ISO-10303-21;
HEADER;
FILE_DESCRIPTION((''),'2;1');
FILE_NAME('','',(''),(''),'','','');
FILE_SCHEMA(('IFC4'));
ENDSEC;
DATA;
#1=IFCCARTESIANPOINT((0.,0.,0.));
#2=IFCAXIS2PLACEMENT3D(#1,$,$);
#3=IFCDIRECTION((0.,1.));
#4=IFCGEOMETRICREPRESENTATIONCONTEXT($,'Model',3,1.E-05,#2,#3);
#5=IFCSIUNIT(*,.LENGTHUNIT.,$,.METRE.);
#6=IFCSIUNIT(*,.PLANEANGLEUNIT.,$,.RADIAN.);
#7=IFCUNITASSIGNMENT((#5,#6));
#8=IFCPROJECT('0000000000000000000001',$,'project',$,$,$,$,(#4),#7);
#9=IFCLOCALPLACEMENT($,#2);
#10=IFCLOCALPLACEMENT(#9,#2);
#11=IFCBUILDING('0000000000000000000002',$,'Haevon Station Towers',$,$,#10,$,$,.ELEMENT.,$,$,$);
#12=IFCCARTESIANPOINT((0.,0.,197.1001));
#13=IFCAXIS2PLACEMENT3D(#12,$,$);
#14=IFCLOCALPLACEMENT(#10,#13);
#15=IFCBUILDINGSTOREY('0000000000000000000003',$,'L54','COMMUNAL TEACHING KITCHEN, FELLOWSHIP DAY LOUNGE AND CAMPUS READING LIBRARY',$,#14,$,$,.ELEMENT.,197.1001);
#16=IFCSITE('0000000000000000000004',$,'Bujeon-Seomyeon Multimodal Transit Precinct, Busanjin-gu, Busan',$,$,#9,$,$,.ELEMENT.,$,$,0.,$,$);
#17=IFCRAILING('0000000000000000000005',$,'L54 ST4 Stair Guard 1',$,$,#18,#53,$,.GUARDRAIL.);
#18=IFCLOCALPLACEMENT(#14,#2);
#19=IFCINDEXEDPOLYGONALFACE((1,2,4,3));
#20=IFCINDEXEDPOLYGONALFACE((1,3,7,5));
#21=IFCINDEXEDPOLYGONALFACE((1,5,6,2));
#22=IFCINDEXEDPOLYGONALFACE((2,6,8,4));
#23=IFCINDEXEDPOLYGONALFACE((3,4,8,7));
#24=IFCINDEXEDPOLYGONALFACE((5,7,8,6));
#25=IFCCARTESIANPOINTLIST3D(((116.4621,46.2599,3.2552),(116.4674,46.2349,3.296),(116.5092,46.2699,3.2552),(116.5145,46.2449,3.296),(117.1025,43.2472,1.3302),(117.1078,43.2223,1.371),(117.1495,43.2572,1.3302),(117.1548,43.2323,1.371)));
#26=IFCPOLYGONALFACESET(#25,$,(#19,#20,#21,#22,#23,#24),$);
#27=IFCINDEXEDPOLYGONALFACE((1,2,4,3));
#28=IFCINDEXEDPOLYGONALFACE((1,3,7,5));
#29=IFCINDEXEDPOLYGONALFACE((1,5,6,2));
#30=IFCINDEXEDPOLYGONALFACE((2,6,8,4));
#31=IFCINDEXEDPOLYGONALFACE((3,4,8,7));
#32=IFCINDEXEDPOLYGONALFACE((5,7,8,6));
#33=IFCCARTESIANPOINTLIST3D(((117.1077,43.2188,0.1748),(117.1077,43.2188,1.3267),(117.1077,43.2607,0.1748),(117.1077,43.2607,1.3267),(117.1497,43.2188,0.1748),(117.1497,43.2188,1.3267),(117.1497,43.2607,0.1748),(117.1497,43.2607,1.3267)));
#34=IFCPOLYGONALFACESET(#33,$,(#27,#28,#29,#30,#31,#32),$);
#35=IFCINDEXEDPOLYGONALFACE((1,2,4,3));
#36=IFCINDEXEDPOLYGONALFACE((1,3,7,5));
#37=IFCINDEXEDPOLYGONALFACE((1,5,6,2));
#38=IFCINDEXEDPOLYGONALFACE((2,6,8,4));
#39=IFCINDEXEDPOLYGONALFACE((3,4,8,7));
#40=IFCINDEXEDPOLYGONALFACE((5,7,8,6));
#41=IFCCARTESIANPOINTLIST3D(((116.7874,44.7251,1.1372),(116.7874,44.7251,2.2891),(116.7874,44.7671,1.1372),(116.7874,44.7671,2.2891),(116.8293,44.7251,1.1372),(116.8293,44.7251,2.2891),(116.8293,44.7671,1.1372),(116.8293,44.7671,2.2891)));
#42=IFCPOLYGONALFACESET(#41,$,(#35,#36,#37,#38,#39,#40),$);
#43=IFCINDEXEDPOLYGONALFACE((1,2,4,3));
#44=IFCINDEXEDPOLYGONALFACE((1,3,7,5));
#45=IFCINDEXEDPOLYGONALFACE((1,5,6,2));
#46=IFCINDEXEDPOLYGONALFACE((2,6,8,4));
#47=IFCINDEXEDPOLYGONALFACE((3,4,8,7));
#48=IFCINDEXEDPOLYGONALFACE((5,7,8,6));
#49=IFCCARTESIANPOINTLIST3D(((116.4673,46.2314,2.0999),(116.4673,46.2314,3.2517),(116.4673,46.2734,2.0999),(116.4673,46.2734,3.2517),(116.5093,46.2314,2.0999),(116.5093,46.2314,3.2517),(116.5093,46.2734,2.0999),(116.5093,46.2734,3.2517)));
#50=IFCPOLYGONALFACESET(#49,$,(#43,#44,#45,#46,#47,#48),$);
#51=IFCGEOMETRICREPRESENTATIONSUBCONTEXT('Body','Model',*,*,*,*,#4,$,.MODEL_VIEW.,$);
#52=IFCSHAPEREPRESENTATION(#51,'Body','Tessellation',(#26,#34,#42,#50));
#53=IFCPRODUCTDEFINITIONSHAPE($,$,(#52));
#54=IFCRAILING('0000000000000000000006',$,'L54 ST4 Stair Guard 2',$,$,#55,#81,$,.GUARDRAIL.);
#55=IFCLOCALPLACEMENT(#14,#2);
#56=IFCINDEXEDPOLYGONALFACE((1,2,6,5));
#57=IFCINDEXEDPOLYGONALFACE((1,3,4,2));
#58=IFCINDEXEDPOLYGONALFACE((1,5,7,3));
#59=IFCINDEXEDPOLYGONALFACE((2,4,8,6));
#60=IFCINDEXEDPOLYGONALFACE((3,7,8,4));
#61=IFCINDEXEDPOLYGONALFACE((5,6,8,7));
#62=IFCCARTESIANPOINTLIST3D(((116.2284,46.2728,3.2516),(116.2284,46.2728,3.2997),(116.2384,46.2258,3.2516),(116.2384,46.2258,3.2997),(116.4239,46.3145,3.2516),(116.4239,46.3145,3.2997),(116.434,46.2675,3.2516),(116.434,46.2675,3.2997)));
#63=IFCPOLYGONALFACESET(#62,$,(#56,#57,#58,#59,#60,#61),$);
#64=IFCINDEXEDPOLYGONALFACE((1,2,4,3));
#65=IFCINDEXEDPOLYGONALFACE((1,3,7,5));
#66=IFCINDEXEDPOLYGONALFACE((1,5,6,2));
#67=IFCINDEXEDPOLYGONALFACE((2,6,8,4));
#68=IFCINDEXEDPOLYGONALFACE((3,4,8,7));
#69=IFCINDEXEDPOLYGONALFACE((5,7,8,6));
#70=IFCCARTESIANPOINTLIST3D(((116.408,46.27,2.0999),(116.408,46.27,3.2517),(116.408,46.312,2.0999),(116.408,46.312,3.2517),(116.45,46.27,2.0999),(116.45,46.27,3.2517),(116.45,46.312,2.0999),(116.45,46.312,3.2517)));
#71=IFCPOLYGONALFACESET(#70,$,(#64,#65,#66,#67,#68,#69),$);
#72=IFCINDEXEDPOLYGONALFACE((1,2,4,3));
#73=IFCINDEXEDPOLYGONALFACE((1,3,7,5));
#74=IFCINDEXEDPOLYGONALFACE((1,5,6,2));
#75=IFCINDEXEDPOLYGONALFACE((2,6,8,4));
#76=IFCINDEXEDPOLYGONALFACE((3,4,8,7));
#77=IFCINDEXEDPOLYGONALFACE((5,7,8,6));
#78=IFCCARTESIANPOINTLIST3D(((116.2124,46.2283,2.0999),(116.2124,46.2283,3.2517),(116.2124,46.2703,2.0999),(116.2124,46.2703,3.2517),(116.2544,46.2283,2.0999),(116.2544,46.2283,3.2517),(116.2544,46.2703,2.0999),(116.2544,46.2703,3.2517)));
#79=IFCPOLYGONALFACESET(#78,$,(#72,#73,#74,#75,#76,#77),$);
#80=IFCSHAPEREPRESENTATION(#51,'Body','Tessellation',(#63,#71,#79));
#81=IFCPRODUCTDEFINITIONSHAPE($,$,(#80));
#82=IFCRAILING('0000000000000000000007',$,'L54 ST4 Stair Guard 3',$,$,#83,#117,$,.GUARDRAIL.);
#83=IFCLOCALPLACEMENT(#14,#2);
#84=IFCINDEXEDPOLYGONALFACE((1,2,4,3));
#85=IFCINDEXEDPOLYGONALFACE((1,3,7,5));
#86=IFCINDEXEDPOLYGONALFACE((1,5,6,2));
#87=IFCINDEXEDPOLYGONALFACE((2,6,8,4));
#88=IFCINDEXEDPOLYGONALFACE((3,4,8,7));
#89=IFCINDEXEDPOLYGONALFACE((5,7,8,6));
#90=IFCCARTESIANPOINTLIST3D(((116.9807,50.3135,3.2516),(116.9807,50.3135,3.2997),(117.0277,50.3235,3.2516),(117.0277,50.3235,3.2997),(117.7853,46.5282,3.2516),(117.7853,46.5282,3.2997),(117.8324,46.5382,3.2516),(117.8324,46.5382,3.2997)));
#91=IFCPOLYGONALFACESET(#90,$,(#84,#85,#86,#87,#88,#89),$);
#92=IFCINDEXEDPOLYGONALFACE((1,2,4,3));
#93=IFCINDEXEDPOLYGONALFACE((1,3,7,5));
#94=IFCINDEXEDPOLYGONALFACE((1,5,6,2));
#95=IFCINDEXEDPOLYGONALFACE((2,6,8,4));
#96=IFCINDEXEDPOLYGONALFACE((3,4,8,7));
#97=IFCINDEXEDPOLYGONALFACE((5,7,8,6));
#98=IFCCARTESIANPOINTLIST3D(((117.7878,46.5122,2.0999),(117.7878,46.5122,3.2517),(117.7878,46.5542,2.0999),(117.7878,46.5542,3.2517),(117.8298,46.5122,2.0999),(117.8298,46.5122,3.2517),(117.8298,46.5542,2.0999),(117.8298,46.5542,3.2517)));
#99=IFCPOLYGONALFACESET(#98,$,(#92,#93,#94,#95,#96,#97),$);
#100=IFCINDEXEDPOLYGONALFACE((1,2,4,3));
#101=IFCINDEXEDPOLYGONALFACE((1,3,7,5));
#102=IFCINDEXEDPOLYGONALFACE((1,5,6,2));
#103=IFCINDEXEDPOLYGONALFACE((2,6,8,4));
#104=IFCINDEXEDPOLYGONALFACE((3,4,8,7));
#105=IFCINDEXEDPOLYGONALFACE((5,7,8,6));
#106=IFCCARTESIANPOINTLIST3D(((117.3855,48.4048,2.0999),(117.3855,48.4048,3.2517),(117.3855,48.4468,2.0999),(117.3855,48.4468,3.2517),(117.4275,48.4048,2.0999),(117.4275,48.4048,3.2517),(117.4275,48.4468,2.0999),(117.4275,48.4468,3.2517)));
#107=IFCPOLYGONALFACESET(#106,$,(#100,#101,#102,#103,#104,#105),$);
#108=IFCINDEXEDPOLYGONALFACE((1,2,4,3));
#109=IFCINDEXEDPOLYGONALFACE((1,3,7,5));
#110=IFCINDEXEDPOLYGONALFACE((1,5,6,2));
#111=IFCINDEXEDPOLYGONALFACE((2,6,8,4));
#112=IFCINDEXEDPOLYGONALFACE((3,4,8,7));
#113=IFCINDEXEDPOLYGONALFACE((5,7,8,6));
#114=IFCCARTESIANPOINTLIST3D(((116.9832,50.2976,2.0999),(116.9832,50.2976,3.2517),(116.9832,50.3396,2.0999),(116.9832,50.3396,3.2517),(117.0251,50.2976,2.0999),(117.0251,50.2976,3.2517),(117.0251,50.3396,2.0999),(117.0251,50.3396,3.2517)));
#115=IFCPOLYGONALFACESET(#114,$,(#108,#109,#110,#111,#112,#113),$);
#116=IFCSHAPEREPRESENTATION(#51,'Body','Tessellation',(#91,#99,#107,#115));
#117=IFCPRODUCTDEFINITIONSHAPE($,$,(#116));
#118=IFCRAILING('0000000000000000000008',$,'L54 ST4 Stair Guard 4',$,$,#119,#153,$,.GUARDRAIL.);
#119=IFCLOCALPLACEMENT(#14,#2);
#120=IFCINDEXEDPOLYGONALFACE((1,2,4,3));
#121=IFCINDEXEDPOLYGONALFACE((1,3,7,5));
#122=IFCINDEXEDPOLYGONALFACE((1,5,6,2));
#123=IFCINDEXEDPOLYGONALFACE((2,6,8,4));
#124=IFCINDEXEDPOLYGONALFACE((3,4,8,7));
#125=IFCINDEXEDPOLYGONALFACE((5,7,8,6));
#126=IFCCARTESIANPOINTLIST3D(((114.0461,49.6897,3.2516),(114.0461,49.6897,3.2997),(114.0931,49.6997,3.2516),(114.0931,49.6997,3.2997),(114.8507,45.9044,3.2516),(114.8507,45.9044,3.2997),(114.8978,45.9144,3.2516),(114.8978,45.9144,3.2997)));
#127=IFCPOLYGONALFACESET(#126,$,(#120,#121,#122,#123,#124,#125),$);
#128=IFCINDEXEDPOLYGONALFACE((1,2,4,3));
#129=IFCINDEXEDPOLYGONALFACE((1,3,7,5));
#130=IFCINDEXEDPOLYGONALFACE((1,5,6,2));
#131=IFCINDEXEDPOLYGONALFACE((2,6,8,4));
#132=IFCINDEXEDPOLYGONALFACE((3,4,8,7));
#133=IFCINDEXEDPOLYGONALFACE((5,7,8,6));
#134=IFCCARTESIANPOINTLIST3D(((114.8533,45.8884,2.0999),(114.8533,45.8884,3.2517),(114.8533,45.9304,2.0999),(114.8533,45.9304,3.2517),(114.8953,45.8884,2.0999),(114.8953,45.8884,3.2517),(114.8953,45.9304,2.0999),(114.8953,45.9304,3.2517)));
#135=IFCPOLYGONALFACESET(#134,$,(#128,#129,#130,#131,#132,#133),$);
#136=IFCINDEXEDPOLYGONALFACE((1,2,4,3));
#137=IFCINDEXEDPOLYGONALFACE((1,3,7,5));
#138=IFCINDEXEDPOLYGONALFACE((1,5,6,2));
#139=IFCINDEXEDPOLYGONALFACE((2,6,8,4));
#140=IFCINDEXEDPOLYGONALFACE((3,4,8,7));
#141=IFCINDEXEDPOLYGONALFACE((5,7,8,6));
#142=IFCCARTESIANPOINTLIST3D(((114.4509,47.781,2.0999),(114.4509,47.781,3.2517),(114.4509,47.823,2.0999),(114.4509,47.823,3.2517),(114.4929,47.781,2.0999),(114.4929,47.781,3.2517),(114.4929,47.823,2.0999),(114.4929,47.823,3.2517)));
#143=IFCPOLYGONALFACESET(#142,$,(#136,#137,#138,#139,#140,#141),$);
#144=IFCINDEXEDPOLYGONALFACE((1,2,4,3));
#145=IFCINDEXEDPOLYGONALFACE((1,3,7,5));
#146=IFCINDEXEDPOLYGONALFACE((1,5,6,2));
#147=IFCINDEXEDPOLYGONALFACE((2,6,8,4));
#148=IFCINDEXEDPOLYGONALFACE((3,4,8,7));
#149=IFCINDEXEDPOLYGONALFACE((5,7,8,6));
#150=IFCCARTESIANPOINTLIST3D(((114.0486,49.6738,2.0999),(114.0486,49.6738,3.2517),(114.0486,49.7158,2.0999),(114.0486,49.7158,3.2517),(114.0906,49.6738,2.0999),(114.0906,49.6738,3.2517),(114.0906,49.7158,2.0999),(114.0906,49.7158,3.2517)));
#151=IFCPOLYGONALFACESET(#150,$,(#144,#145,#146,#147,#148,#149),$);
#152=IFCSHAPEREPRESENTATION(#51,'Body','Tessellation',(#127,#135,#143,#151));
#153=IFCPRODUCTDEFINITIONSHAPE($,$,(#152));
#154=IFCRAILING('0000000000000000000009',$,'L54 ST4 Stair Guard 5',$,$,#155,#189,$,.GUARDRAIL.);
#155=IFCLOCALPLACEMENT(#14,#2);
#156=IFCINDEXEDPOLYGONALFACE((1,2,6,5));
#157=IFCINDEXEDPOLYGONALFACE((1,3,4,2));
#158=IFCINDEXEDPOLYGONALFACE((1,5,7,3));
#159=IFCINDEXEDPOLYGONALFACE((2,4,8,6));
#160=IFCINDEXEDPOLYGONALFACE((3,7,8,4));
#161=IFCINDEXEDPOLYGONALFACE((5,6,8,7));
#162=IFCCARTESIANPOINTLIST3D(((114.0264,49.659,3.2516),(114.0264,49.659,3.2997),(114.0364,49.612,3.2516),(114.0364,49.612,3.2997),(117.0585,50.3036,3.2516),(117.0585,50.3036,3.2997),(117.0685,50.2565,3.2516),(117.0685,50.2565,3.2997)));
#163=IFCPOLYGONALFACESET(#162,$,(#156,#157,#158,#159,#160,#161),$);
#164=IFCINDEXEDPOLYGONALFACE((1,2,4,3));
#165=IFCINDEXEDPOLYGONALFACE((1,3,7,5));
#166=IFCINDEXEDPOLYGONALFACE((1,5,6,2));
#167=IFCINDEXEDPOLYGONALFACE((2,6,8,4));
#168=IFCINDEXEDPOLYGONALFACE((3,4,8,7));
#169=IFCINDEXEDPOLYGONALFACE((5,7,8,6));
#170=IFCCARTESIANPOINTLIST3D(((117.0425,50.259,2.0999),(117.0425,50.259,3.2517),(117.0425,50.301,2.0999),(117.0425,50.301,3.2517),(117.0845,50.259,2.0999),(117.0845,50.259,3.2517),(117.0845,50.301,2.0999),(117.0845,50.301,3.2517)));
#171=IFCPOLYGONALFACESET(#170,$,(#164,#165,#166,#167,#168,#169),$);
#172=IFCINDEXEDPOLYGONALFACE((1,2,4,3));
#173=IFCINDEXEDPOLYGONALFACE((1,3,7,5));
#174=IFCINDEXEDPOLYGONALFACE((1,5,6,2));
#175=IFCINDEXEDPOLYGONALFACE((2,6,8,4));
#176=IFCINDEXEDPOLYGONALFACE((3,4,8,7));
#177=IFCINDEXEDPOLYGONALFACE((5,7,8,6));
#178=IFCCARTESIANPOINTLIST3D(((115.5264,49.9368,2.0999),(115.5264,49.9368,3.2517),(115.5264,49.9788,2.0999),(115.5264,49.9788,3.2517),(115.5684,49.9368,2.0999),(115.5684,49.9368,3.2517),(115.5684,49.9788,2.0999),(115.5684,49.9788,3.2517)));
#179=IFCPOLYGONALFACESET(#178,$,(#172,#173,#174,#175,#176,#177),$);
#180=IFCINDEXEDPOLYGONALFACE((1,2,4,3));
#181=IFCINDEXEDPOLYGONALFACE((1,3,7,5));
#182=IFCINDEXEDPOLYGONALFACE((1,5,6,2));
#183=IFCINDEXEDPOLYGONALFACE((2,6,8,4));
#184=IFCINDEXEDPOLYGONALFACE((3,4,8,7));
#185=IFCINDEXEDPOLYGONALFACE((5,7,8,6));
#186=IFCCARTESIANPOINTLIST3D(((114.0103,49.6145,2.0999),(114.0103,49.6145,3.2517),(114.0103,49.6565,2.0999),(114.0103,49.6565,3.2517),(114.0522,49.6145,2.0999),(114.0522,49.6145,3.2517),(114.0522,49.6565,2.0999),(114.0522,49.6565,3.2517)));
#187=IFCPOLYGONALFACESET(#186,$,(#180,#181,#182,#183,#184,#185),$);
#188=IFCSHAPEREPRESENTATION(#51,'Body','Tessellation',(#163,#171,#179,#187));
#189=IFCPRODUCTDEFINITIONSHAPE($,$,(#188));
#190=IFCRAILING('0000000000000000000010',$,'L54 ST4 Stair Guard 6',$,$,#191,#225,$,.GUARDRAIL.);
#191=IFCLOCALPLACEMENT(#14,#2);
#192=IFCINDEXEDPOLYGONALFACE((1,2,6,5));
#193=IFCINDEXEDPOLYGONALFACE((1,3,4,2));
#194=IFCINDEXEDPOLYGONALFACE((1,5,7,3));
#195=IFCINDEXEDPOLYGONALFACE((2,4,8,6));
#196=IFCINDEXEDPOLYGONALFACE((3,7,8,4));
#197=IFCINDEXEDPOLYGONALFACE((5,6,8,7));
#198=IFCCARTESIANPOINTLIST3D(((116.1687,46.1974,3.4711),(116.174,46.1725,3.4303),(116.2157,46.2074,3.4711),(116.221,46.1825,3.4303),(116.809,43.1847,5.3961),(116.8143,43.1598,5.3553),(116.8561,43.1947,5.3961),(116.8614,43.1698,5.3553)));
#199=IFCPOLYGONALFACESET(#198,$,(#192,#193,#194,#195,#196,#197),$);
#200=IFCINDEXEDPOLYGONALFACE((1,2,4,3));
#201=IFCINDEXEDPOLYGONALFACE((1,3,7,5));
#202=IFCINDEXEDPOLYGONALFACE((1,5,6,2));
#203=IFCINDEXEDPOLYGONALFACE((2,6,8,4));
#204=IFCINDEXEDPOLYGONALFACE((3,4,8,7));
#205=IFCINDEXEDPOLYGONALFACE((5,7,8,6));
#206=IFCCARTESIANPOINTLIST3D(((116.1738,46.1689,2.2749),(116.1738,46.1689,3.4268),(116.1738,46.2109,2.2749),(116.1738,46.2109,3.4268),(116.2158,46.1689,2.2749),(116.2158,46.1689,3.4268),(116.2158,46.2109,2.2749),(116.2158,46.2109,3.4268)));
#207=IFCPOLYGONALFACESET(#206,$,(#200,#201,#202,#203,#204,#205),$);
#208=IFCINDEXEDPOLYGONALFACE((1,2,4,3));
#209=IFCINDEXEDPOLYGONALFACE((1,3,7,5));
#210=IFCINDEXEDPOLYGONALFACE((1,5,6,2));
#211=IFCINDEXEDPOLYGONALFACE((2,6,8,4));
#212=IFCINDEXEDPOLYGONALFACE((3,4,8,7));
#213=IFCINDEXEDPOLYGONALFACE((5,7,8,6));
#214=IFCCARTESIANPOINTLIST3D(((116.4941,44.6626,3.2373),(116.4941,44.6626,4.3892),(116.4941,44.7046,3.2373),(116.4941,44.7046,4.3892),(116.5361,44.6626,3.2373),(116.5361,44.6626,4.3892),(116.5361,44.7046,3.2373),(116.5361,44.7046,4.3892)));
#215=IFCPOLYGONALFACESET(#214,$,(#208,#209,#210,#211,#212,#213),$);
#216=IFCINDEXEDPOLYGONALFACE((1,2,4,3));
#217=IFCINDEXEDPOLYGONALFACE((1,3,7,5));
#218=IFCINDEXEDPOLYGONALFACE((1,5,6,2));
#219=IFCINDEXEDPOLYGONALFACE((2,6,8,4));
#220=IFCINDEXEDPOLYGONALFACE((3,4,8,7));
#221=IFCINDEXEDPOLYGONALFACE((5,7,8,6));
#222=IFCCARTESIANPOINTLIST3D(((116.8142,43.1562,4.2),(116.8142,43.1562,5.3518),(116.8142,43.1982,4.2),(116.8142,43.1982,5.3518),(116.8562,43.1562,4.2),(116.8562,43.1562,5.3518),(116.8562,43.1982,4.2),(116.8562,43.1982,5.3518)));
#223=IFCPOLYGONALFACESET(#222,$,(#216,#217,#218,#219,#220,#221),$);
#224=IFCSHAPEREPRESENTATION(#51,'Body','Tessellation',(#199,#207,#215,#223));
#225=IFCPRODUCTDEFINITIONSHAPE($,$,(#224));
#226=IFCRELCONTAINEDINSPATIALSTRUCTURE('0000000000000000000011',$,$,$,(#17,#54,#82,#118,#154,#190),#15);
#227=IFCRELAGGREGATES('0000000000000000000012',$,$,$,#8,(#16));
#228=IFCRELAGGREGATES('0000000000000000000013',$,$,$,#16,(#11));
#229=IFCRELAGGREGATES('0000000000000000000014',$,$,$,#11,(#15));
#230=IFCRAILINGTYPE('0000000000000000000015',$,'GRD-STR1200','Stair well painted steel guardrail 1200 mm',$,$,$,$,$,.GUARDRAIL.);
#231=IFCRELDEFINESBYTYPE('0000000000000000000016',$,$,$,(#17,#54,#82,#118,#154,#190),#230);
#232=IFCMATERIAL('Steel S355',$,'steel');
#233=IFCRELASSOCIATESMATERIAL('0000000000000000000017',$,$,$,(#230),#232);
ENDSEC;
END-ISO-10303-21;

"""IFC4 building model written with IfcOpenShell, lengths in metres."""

from ifc_helpers import new_model, si_unit, direction, frame, origin, origin_2d, place, context, subcontext, project, spatial, rectangle, extrude, material, type_object, element, save


model = new_model("IFC4")

# Units and contexts
model_context = context("Model", 3, precision=1e-05, world=origin(), true_north=direction((0.0, 1.0)))
body_context = subcontext(model_context, "Body", "Model", "MODEL_VIEW")
ifc_project = project(units=[si_unit("LENGTHUNIT", "METRE"), si_unit("PLANEANGLEUNIT", "RADIAN")], contexts=[model_context])

# Site, building, storey
site_placement = place(None, origin())
site = spatial("IfcSite", under=ifc_project, at=site_placement, Name="Bujeon-Seomyeon Multimodal Transit Precinct, Busanjin-gu, Busan", CompositionType="ELEMENT", RefElevation=0.0)
building_placement = place(site_placement, origin())
building = spatial("IfcBuilding", under=site, at=building_placement, Name="Haevon Station Towers", CompositionType="ELEMENT")
storey_placement = place(building_placement, frame((0.0, 0.0, 197.1001)))
storey = spatial("IfcBuildingStorey", under=building, at=storey_placement, Name="L54", Description="COMMUNAL TEACHING KITCHEN, FELLOWSHIP DAY LOUNGE AND CAMPUS READING LIBRARY", CompositionType="ELEMENT", Elevation=197.1001)

# Shared definitions
ifc_material_1 = material(Name="Steel S355", Category="steel")

# Railings
railing_type_1 = type_object("IfcRailingType", Name="GRD-STR1200", Description="Stair well painted steel guardrail 1200 mm", PredefinedType="GUARDRAIL", material=ifc_material_1)
railing_1_placement = place(storey_placement, frame((117.1287, 43.2397, 0.1748)))
element("IfcRailing", 1, at=railing_1_placement, inside=storey, type_object=railing_type_1, Name="L54 ST4 Stair Guard 1", PredefinedType="GUARDRAIL", context=body_context, shape_type="SweptSolid", body=[
    extrude(rectangle(XDim=0.0481, YDim=0.0481, at=origin_2d()), frame((0.0, 0.0, 1.1758), z_axis=(-0.176311, 0.829461, 0.530008), x_axis=(-0.978147, -0.207916, 0.0)), (0.0, 0.0, 1.0), 3.6321),
    extrude(rectangle(XDim=0.042, YDim=0.042, at=origin_2d()), origin(), (0.0, 0.0, 1.0), 1.1519),
    extrude(rectangle(XDim=0.042, YDim=0.042, at=origin_2d()), frame((-0.3203, 1.5063, 0.9624)), (0.0, 0.0, 1.0), 1.1519),
    extrude(rectangle(XDim=0.042, YDim=0.042, at=origin_2d()), frame((-0.6404, 3.0127, 1.925)), (0.0, 0.0, 1.0), 1.1519),
])
railing_2_placement = place(storey_placement, frame((116.429, 46.291, 2.0999)))
element("IfcRailing", 2, at=railing_2_placement, inside=storey, type_object=railing_type_1, Name="L54 ST4 Stair Guard 2", PredefinedType="GUARDRAIL", context=body_context, shape_type="SweptSolid", body=[
    extrude(rectangle(XDim=0.0481, YDim=0.0481, at=origin_2d()), frame((0.0, 0.0, 1.1758), z_axis=(-0.977963, -0.208779, 0.0), x_axis=(0.208779, -0.977963, 0.0)), (0.0, 0.0, 1.0), 0.2),
    extrude(rectangle(XDim=0.042, YDim=0.042, at=origin_2d()), origin(), (0.0, 0.0, 1.0), 1.1519),
    extrude(rectangle(XDim=0.042, YDim=0.042, at=origin_2d()), frame((-0.1956, -0.0417, 0.0)), (0.0, 0.0, 1.0), 1.1519),
])
for number, where, name in (
    (3, (117.8088, 46.5332, 2.0999), "L54 ST4 Stair Guard 3"),
    (4, (114.8743, 45.9094, 2.0999), "L54 ST4 Stair Guard 4"),
):
    element("IfcRailing", number, at=place(storey_placement, frame(where)), inside=storey, type_object=railing_type_1, Name=name, PredefinedType="GUARDRAIL", context=body_context, shape_type="SweptSolid", body=[
        extrude(rectangle(XDim=0.0481, YDim=0.0481, at=origin_2d()), frame((0.0, 0.0, 1.1758), z_axis=(-0.20793, 0.978144, 0.0), x_axis=(-0.978144, -0.20793, 0.0)), (0.0, 0.0, 1.0), 3.8699),
        extrude(rectangle(XDim=0.042, YDim=0.042, at=origin_2d()), origin(), (0.0, 0.0, 1.0), 1.1519),
        extrude(rectangle(XDim=0.042, YDim=0.042, at=origin_2d()), frame((-0.4023, 1.8926, 0.0)), (0.0, 0.0, 1.0), 1.1519),
        extrude(rectangle(XDim=0.042, YDim=0.042, at=origin_2d()), frame((-0.8047, 3.7854, 0.0)), (0.0, 0.0, 1.0), 1.1519),
    ])
railing_3_placement = place(storey_placement, frame((117.0635, 50.28, 2.0999)))
element("IfcRailing", 5, at=railing_3_placement, inside=storey, type_object=railing_type_1, Name="L54 ST4 Stair Guard 5", PredefinedType="GUARDRAIL", context=body_context, shape_type="SweptSolid", body=[
    extrude(rectangle(XDim=0.0481, YDim=0.0481, at=origin_2d()), frame((0.0, 0.0, 1.1758), z_axis=(-0.978147, -0.207915, 0.0), x_axis=(0.207915, -0.978147, 0.0)), (0.0, 0.0, 1.0), 3.0999),
    extrude(rectangle(XDim=0.042, YDim=0.042, at=origin_2d()), origin(), (0.0, 0.0, 1.0), 1.1519),
    extrude(rectangle(XDim=0.042, YDim=0.042, at=origin_2d()), frame((-1.5161, -0.3223, 0.0)), (0.0, 0.0, 1.0), 1.1519),
    extrude(rectangle(XDim=0.042, YDim=0.042, at=origin_2d()), frame((-3.0322, -0.6445, 0.0)), (0.0, 0.0, 1.0), 1.1519),
])
railing_4_placement = place(storey_placement, frame((116.1948, 46.1899, 2.2749)))
element("IfcRailing", 6, at=railing_4_placement, inside=storey, type_object=railing_type_1, Name="L54 ST4 Stair Guard 6", PredefinedType="GUARDRAIL", context=body_context, shape_type="SweptSolid", body=[
    extrude(rectangle(XDim=0.0481, YDim=0.0481, at=origin_2d()), frame((0.0, 0.0, 1.1758), z_axis=(0.176311, -0.829461, 0.530008), x_axis=(0.978147, 0.207916, 0.0)), (0.0, 0.0, 1.0), 3.6321),
    extrude(rectangle(XDim=0.042, YDim=0.042, at=origin_2d()), origin(), (0.0, 0.0, 1.0), 1.1519),
    extrude(rectangle(XDim=0.042, YDim=0.042, at=origin_2d()), frame((0.3203, -1.5063, 0.9624)), (0.0, 0.0, 1.0), 1.1519),
    extrude(rectangle(XDim=0.042, YDim=0.042, at=origin_2d()), frame((0.6404, -3.0127, 1.925)), (0.0, 0.0, 1.0), 1.1519),
])

save(model, "model.ifc")
